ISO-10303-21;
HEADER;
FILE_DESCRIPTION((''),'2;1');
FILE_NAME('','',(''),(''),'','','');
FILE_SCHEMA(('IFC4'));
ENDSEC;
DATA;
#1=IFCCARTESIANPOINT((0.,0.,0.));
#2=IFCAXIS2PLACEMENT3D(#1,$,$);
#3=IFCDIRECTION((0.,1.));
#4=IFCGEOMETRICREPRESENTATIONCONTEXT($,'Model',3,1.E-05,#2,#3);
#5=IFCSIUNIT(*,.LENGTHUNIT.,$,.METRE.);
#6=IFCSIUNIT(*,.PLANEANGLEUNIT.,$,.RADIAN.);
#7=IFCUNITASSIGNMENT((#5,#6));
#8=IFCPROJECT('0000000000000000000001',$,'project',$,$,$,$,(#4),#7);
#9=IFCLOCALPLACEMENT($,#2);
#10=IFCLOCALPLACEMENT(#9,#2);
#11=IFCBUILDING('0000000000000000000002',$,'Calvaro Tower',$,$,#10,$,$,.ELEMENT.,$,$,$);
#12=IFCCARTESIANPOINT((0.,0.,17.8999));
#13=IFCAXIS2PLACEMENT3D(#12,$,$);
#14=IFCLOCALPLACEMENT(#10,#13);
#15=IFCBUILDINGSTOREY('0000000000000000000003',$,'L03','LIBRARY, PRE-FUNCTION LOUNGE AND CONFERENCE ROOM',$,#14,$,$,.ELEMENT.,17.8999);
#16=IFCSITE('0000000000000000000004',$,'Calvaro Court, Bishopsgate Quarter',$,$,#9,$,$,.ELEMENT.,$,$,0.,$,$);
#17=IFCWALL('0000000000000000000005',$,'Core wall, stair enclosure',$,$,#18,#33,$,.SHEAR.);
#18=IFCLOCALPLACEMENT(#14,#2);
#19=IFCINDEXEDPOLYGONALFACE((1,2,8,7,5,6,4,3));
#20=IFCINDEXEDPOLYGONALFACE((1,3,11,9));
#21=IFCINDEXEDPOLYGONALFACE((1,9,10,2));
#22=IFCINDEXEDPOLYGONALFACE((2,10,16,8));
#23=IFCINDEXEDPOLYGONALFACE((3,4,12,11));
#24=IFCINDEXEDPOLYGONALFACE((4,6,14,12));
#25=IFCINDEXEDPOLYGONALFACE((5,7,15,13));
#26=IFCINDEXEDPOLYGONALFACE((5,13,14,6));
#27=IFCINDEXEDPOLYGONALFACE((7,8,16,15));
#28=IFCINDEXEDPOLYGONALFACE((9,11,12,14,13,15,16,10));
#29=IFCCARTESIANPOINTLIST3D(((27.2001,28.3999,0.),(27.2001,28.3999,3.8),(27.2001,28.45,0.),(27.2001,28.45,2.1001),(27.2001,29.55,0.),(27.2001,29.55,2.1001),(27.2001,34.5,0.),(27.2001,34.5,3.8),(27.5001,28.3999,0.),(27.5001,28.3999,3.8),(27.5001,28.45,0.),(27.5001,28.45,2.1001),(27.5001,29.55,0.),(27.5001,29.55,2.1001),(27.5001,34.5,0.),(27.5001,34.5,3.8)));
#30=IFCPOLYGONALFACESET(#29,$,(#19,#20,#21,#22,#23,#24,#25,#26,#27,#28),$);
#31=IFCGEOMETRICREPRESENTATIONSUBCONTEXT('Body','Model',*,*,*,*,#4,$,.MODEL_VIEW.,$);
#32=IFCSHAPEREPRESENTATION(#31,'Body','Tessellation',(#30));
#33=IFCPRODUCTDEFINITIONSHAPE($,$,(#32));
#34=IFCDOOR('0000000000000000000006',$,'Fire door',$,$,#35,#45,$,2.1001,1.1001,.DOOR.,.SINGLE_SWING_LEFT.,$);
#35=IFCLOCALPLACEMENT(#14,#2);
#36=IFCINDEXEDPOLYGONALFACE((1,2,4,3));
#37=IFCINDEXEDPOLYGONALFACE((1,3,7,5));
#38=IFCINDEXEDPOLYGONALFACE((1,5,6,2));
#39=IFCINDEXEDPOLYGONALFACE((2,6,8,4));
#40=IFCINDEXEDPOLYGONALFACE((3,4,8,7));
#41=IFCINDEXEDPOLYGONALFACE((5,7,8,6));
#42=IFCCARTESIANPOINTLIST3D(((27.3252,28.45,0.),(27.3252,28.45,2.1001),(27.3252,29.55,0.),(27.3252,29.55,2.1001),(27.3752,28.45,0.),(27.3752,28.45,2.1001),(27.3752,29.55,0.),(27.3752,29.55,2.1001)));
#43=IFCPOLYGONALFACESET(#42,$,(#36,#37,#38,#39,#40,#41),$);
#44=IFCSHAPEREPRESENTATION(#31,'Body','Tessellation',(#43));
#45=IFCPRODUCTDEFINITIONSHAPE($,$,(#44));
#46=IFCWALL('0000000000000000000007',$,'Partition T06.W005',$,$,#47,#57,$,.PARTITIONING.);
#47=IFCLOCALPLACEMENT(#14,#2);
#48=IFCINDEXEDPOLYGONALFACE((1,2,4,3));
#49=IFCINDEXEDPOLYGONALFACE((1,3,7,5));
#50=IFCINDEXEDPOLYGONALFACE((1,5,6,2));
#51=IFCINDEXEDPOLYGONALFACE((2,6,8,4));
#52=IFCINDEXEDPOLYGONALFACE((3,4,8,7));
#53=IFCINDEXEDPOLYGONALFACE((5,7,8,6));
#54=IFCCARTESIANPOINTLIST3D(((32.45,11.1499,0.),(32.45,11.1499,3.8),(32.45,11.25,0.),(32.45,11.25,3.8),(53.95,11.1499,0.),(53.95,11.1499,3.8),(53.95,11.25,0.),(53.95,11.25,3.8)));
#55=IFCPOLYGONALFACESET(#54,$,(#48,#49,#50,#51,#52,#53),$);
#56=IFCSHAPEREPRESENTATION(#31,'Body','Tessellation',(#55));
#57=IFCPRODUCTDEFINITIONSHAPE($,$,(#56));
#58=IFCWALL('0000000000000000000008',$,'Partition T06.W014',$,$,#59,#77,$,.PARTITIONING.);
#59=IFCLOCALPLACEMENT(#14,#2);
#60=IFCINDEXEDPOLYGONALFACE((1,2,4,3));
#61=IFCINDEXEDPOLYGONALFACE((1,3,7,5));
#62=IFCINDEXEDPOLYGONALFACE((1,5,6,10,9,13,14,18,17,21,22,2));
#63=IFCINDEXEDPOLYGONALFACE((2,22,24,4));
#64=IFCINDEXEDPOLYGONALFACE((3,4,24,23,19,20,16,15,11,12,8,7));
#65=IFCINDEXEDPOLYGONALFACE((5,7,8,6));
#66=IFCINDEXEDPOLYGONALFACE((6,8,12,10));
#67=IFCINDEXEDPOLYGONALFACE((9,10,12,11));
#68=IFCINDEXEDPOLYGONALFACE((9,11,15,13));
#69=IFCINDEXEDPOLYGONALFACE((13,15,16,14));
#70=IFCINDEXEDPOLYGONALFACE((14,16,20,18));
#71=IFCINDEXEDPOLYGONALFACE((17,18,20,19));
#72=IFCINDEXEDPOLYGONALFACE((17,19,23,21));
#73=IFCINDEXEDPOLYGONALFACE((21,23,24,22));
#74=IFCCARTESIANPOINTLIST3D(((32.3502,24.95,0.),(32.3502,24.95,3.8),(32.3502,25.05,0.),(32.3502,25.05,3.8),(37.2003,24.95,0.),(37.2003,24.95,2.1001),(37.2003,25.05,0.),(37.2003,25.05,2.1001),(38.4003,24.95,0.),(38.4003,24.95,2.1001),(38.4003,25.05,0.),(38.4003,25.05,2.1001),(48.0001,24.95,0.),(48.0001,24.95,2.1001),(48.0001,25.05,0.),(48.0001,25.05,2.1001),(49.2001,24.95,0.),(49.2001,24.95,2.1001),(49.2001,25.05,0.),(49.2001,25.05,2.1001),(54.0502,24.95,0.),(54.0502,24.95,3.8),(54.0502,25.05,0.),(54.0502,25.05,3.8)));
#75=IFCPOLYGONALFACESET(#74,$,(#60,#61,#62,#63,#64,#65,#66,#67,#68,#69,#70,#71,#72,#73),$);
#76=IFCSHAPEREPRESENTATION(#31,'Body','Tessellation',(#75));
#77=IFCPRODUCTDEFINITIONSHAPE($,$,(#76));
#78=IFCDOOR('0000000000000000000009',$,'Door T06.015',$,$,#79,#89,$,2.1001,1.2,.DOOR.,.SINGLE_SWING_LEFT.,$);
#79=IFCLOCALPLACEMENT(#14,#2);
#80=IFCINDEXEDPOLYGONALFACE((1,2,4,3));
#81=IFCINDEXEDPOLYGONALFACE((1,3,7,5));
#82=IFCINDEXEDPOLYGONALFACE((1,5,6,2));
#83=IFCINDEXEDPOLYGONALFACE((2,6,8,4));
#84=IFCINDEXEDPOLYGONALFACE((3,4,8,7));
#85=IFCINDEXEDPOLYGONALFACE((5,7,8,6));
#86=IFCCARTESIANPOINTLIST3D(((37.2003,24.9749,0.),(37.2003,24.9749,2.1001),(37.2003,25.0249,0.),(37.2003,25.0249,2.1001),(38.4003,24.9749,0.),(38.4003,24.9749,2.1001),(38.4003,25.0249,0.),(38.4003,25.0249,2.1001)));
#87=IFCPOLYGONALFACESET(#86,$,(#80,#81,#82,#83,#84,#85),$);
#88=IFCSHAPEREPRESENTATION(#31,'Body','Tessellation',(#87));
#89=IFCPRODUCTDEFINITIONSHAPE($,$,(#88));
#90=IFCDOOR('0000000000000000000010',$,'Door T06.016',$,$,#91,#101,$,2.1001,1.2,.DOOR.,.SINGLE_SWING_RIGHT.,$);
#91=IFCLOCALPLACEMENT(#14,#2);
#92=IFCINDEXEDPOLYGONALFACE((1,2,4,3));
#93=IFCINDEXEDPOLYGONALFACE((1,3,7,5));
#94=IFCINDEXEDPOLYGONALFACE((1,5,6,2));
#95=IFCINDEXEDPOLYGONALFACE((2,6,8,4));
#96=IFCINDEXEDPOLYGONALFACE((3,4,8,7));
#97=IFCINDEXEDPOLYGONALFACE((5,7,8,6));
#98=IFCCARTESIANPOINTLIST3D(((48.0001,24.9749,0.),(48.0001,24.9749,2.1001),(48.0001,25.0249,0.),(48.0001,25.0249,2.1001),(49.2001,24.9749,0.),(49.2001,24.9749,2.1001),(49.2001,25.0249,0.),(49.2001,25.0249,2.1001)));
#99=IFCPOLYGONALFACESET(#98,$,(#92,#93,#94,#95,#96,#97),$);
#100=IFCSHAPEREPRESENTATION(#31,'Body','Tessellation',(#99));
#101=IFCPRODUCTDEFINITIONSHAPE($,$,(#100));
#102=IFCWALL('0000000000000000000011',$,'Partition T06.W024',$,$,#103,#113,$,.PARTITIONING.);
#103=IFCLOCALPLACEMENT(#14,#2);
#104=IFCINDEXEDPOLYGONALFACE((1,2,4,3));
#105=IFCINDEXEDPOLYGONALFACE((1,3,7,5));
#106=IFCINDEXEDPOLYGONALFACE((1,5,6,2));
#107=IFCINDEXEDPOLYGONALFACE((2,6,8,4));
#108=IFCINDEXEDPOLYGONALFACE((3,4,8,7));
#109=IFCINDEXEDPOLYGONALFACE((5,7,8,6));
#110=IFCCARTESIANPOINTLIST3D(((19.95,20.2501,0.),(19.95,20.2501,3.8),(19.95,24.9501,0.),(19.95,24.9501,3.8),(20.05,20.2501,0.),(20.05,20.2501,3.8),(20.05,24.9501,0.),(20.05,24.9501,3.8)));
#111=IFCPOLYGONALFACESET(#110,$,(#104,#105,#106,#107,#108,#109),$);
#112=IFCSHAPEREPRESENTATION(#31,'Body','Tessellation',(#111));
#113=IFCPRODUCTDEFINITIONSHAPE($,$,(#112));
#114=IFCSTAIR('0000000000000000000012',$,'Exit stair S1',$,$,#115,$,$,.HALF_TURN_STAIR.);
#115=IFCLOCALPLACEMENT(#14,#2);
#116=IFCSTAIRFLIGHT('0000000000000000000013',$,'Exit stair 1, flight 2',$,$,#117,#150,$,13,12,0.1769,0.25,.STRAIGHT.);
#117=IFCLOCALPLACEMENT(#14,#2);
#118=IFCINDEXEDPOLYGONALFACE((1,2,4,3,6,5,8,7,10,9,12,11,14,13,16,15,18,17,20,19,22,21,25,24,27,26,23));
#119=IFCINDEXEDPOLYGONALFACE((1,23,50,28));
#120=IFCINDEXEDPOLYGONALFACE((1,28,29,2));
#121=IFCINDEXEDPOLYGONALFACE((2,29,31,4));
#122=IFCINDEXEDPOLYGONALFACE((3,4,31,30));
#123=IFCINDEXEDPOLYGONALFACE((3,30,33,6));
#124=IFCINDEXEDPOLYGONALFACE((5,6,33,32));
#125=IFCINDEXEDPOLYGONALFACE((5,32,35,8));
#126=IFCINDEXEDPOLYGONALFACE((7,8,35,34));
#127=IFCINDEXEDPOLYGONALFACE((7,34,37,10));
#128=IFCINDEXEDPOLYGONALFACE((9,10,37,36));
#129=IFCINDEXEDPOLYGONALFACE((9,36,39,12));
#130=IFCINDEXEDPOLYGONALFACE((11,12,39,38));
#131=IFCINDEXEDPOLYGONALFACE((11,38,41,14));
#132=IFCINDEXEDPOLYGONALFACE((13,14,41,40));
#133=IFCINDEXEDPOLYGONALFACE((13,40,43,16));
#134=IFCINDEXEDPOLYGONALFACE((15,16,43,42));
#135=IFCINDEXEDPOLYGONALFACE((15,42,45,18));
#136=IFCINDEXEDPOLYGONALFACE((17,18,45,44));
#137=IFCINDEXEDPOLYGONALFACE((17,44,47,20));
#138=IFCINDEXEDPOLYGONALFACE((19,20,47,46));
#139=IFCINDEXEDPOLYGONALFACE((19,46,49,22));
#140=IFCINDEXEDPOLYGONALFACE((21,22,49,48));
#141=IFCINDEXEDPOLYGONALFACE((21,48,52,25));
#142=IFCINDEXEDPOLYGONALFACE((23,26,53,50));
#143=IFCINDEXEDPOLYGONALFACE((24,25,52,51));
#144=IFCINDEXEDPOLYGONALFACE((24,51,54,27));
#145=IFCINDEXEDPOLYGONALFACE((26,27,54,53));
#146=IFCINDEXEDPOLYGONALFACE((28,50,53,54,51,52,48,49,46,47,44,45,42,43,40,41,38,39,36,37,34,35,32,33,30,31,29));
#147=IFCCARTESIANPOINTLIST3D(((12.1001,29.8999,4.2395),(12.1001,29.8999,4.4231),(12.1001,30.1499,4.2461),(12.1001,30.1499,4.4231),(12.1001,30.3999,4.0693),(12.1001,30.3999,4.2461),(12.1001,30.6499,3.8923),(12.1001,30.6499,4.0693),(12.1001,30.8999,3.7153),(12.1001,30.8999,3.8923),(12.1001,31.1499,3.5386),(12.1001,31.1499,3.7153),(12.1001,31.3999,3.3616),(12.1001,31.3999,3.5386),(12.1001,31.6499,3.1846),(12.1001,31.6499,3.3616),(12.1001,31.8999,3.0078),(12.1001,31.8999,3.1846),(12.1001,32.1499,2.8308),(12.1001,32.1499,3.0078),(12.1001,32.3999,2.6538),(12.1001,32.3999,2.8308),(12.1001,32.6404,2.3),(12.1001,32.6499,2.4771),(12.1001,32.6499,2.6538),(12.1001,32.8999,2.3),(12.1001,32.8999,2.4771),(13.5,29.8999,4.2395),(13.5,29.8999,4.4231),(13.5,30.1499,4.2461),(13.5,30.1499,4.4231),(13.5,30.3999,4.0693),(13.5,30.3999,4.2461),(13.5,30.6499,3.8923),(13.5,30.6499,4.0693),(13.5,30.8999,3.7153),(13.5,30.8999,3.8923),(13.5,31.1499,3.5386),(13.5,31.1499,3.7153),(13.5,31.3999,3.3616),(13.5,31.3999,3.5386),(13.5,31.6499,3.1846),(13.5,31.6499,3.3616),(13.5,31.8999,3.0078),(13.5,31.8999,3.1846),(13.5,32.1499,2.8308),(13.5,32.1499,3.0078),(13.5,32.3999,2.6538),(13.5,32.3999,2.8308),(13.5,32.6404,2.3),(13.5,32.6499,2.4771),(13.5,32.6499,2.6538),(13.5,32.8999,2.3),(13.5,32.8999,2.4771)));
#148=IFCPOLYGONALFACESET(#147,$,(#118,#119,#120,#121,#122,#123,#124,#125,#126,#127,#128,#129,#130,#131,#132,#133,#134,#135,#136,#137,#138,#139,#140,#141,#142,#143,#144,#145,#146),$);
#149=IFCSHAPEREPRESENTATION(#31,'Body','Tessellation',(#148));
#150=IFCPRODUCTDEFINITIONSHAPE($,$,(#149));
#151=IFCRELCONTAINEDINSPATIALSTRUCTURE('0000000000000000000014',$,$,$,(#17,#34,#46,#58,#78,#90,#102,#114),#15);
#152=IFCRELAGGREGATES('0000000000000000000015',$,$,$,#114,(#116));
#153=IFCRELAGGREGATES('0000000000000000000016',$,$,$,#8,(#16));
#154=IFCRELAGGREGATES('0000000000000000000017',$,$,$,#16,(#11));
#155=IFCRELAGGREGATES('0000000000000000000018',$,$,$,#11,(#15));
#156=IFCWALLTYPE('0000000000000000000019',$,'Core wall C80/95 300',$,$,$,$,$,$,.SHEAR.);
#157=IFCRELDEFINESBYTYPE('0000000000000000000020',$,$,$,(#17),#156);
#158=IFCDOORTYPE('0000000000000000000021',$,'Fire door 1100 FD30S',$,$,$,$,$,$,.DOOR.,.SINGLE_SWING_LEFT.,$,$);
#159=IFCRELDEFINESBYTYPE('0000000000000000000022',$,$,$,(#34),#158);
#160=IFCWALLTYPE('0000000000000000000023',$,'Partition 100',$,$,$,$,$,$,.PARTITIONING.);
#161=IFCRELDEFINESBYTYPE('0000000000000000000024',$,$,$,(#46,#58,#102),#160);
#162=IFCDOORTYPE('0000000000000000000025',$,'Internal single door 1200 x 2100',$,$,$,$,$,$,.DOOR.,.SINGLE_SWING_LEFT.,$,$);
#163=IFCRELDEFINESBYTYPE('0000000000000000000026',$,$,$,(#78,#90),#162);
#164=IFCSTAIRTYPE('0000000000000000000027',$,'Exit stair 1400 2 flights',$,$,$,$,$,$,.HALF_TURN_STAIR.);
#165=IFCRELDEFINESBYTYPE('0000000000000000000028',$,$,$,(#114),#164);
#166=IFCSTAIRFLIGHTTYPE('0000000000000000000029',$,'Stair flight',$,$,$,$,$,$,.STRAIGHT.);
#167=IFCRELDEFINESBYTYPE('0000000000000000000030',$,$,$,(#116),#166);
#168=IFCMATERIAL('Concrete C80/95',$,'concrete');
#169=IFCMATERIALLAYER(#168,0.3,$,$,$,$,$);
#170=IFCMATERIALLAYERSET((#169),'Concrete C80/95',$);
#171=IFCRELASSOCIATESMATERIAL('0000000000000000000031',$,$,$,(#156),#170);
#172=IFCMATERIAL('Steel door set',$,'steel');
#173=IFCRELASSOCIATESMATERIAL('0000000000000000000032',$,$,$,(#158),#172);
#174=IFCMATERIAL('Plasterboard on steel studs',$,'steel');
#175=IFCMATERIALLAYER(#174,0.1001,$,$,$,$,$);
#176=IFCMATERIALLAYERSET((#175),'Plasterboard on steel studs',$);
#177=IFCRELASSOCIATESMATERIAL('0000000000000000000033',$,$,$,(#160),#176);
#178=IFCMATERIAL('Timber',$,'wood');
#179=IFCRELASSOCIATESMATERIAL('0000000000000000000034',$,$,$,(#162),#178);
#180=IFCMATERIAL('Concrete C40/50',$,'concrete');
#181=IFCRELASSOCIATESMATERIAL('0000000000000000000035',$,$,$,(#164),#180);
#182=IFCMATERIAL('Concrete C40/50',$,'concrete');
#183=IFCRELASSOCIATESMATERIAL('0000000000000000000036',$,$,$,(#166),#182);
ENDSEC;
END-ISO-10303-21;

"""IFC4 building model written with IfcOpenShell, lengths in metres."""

from ifc_helpers import new_model, si_unit, direction, frame, frame_2d, origin, place, context, subcontext, project, spatial, polyline, rectangle, outline, extrude, material, layer, layer_set, type_object, element, fill, aggregate, save


model = new_model("IFC4")

# Units and contexts
model_context = context("Model", 3, precision=1e-05, world=origin(), true_north=direction((0.0, 1.0)))
body_context = subcontext(model_context, "Body", "Model", "MODEL_VIEW")
ifc_project = project(units=[si_unit("LENGTHUNIT", "METRE"), si_unit("PLANEANGLEUNIT", "RADIAN")], contexts=[model_context])

# Site, building, storey
site_placement = place(None, origin())
site = spatial("IfcSite", under=ifc_project, at=site_placement, Name="Calvaro Court, Bishopsgate Quarter", CompositionType="ELEMENT", RefElevation=0.0)
building_placement = place(site_placement, origin())
building = spatial("IfcBuilding", under=site, at=building_placement, Name="Calvaro Tower", CompositionType="ELEMENT")
storey_placement = place(building_placement, frame((0.0, 0.0, 17.8999)))
storey = spatial("IfcBuildingStorey", under=building, at=storey_placement, Name="L03", Description="LIBRARY, PRE-FUNCTION LOUNGE AND CONFERENCE ROOM", CompositionType="ELEMENT", Elevation=17.8999)

# Shared definitions
ifc_material_1 = material(Name="Concrete C80/95", Category="concrete")
ifc_layer_1 = layer(ifc_material_1, 0.3)
ifc_layer_set_1 = layer_set([ifc_layer_1], Name="Concrete C80/95")
wall_type_1 = type_object("IfcWallType", Name="Core wall C80/95 300", PredefinedType="SHEAR", material=ifc_layer_set_1)

# Wall, opening, door
wall_1_placement = place(storey_placement, frame((27.3501, 28.3999, 0.0), z_axis=(0.0, 0.0, 1.0), x_axis=(0.0, 1.0, 0.0)))
wall_1 = element("IfcWall", 1, at=wall_1_placement, inside=storey, type_object=wall_type_1, Name="Core wall, stair enclosure", PredefinedType="SHEAR", context=body_context, shape_type="SweptSolid", body=[
    extrude(rectangle(XDim=6.1001, YDim=0.3, at=frame_2d((3.05, 0.0))), origin(), (0.0, 0.0, 1.0), 3.8),
])
opening_1_placement = place(wall_1_placement, frame((0.05, 0.0, 0.0)))
opening_1 = element("IfcOpeningElement", 2, at=opening_1_placement, cuts=wall_1, PredefinedType="OPENING", context=body_context, shape_type="SweptSolid", body=[
    extrude(rectangle(XDim=1.1001, YDim=2.1001, at=frame_2d((0.55, 1.05))), frame((0.0, 0.1599, 0.0), z_axis=(0.0, -1.0, 0.0), x_axis=(1.0, 0.0, 0.0)), (0.0, 0.0, 1.0), 0.3201),
])
ifc_material_2 = material(Name="Steel door set", Category="steel")
door_type_1 = type_object("IfcDoorType", Name="Fire door 1100 FD30S", OperationType="SINGLE_SWING_LEFT", PredefinedType="DOOR", material=ifc_material_2)
door_1_placement = place(opening_1_placement, origin())
door_1 = element("IfcDoor", 3, at=door_1_placement, inside=storey, type_object=door_type_1, Name="Fire door", OperationType="SINGLE_SWING_LEFT", OverallHeight=2.1001, OverallWidth=1.1001, PredefinedType="DOOR", context=body_context, shape_type="SweptSolid", body=[
    extrude(rectangle(XDim=1.1001, YDim=2.1001, at=frame_2d((0.55, 1.05))), frame((0.0, 0.0249, 0.0), z_axis=(0.0, -1.0, 0.0), x_axis=(1.0, 0.0, 0.0)), (0.0, 0.0, 1.0), 0.05),
])
fill(opening_1, door_1)

# Wall
ifc_material_3 = material(Name="Plasterboard on steel studs", Category="steel")
ifc_layer_2 = layer(ifc_material_3, 0.1001)
ifc_layer_set_2 = layer_set([ifc_layer_2], Name="Plasterboard on steel studs")
wall_type_2 = type_object("IfcWallType", Name="Partition 100", PredefinedType="PARTITIONING", material=ifc_layer_set_2)
wall_2_placement = place(storey_placement, frame((32.45, 11.2, 0.0), z_axis=(0.0, 0.0, 1.0), x_axis=(1.0, 0.0, 0.0)))
element("IfcWall", 4, at=wall_2_placement, inside=storey, type_object=wall_type_2, Name="Partition T06.W005", PredefinedType="PARTITIONING", context=body_context, shape_type="SweptSolid", body=[
    extrude(rectangle(XDim=21.5, YDim=0.1001, at=frame_2d((10.75, 0.0))), origin(), (0.0, 0.0, 1.0), 3.8),
])

# Wall, openings, doors
wall_3_placement = place(storey_placement, frame((32.3501, 25.0, 0.0), z_axis=(0.0, 0.0, 1.0), x_axis=(1.0, 0.0, 0.0)))
wall_3 = element("IfcWall", 5, at=wall_3_placement, inside=storey, type_object=wall_type_2, Name="Partition T06.W014", PredefinedType="PARTITIONING", context=body_context, shape_type="SweptSolid", body=[
    extrude(rectangle(XDim=21.7, YDim=0.1001, at=frame_2d((10.8501, 0.0))), origin(), (0.0, 0.0, 1.0), 3.8),
])
opening_2_placement = place(wall_3_placement, frame((4.8501, 0.0, 0.0)))
opening_2 = element("IfcOpeningElement", 6, at=opening_2_placement, cuts=wall_3, PredefinedType="OPENING", context=body_context, shape_type="SweptSolid", body=[
    extrude(rectangle(XDim=1.2, YDim=2.1001, at=frame_2d((0.6001, 1.05))), frame((0.0, 0.0601, 0.0), z_axis=(0.0, -1.0, 0.0), x_axis=(1.0, 0.0, 0.0)), (0.0, 0.0, 1.0), 0.1201),
])
opening_3_placement = place(wall_3_placement, frame((15.6499, 0.0, 0.0)))
opening_3 = element("IfcOpeningElement", 7, at=opening_3_placement, cuts=wall_3, PredefinedType="OPENING", context=body_context, shape_type="SweptSolid", body=[
    extrude(rectangle(XDim=1.2, YDim=2.1001, at=frame_2d((0.6001, 1.05))), frame((0.0, 0.0601, 0.0), z_axis=(0.0, -1.0, 0.0), x_axis=(1.0, 0.0, 0.0)), (0.0, 0.0, 1.0), 0.1201),
])
ifc_material_4 = material(Name="Timber", Category="wood")
door_type_2 = type_object("IfcDoorType", Name="Internal single door 1200 x 2100", OperationType="SINGLE_SWING_LEFT", PredefinedType="DOOR", material=ifc_material_4)
door_2_placement = place(opening_2_placement, origin())
door_2 = element("IfcDoor", 8, at=door_2_placement, inside=storey, type_object=door_type_2, Name="Door T06.015", OperationType="SINGLE_SWING_LEFT", OverallHeight=2.1001, OverallWidth=1.2, PredefinedType="DOOR", context=body_context, shape_type="SweptSolid", body=[
    extrude(rectangle(XDim=1.2, YDim=2.1001, at=frame_2d((0.6001, 1.05))), frame((0.0, 0.0249, 0.0), z_axis=(0.0, -1.0, 0.0), x_axis=(1.0, 0.0, 0.0)), (0.0, 0.0, 1.0), 0.05),
])
fill(opening_2, door_2)
door_3_placement = place(opening_3_placement, origin())
door_3 = element("IfcDoor", 9, at=door_3_placement, inside=storey, type_object=door_type_2, Name="Door T06.016", OperationType="SINGLE_SWING_RIGHT", OverallHeight=2.1001, OverallWidth=1.2, PredefinedType="DOOR", context=body_context, shape_type="SweptSolid", body=[
    extrude(rectangle(XDim=1.2, YDim=2.1001, at=frame_2d((0.6001, 1.05))), frame((0.0, 0.0249, 0.0), z_axis=(0.0, -1.0, 0.0), x_axis=(1.0, 0.0, 0.0)), (0.0, 0.0, 1.0), 0.05),
])
fill(opening_3, door_3)

# Wall
wall_4_placement = place(storey_placement, frame((20.0, 20.25, 0.0), z_axis=(0.0, 0.0, 1.0), x_axis=(0.0, 1.0, 0.0)))
element("IfcWall", 10, at=wall_4_placement, inside=storey, type_object=wall_type_2, Name="Partition T06.W024", PredefinedType="PARTITIONING", context=body_context, shape_type="SweptSolid", body=[
    extrude(rectangle(XDim=4.7, YDim=0.1001, at=frame_2d((2.3501, 0.0))), origin(), (0.0, 0.0, 1.0), 3.8),
])

# Stair, stair flight
ifc_material_5 = material(Name="Concrete C40/50", Category="concrete")
stair_type = type_object("IfcStairType", Name="Exit stair 1400 2 flights", PredefinedType="HALF_TURN_STAIR", material=ifc_material_5)
stair_1_placement = place(storey_placement, origin())
stair_1 = element("IfcStair", 11, at=stair_1_placement, inside=storey, type_object=stair_type, Name="Exit stair S1", PredefinedType="HALF_TURN_STAIR")
ifc_material_6 = material(Name="Concrete C40/50", Category="concrete")
stair_flight_type = type_object("IfcStairFlightType", Name="Stair flight", PredefinedType="STRAIGHT", material=ifc_material_6)
stair_flight_1_placement = place(storey_placement, frame((12.8, 32.8999, 2.3), z_axis=(0.0, 0.0, 1.0), x_axis=(0.0, -1.0, 0.0)))
stair_flight_1 = element("IfcStairFlight", 12, at=stair_flight_1_placement, type_object=stair_flight_type, Name="Exit stair 1, flight 2", NumberOfRisers=13, NumberOfTreads=12, PredefinedType="STRAIGHT", RiserHeight=0.1769, TreadLength=0.25, context=body_context, shape_type="SweptSolid", body=[
    extrude(outline(polyline([(0.0, 0.0), (0.0, 0.177), (0.25, 0.177), (0.25, 0.3538), (0.5, 0.3538), (0.5, 0.5308), (0.75, 0.5308), (0.75, 0.7078), (1.0, 0.7078), (1.0, 0.8845), (1.25, 0.8845), (1.25, 1.0615), (1.5, 1.0615), (1.5, 1.2385), (1.75, 1.2385), (1.75, 1.4153), (2.0, 1.4153), (2.0, 1.5923), (2.25, 1.5923), (2.25, 1.7693), (2.5, 1.7693), (2.5, 1.946), (2.75, 1.946), (2.75, 2.123), (3.0, 2.123), (3.0, 2.3), (3.0, 1.9395), (0.2595, 0.0), (0.0, 0.0)])), frame((0.0, 0.7, 0.0), z_axis=(0.0, -1.0, 0.0), x_axis=(1.0, 0.0, 0.0)), (0.0, 0.0, 1.0), 1.3999),
])

aggregate(stair_1, [stair_flight_1])

save(model, "model.ifc")
